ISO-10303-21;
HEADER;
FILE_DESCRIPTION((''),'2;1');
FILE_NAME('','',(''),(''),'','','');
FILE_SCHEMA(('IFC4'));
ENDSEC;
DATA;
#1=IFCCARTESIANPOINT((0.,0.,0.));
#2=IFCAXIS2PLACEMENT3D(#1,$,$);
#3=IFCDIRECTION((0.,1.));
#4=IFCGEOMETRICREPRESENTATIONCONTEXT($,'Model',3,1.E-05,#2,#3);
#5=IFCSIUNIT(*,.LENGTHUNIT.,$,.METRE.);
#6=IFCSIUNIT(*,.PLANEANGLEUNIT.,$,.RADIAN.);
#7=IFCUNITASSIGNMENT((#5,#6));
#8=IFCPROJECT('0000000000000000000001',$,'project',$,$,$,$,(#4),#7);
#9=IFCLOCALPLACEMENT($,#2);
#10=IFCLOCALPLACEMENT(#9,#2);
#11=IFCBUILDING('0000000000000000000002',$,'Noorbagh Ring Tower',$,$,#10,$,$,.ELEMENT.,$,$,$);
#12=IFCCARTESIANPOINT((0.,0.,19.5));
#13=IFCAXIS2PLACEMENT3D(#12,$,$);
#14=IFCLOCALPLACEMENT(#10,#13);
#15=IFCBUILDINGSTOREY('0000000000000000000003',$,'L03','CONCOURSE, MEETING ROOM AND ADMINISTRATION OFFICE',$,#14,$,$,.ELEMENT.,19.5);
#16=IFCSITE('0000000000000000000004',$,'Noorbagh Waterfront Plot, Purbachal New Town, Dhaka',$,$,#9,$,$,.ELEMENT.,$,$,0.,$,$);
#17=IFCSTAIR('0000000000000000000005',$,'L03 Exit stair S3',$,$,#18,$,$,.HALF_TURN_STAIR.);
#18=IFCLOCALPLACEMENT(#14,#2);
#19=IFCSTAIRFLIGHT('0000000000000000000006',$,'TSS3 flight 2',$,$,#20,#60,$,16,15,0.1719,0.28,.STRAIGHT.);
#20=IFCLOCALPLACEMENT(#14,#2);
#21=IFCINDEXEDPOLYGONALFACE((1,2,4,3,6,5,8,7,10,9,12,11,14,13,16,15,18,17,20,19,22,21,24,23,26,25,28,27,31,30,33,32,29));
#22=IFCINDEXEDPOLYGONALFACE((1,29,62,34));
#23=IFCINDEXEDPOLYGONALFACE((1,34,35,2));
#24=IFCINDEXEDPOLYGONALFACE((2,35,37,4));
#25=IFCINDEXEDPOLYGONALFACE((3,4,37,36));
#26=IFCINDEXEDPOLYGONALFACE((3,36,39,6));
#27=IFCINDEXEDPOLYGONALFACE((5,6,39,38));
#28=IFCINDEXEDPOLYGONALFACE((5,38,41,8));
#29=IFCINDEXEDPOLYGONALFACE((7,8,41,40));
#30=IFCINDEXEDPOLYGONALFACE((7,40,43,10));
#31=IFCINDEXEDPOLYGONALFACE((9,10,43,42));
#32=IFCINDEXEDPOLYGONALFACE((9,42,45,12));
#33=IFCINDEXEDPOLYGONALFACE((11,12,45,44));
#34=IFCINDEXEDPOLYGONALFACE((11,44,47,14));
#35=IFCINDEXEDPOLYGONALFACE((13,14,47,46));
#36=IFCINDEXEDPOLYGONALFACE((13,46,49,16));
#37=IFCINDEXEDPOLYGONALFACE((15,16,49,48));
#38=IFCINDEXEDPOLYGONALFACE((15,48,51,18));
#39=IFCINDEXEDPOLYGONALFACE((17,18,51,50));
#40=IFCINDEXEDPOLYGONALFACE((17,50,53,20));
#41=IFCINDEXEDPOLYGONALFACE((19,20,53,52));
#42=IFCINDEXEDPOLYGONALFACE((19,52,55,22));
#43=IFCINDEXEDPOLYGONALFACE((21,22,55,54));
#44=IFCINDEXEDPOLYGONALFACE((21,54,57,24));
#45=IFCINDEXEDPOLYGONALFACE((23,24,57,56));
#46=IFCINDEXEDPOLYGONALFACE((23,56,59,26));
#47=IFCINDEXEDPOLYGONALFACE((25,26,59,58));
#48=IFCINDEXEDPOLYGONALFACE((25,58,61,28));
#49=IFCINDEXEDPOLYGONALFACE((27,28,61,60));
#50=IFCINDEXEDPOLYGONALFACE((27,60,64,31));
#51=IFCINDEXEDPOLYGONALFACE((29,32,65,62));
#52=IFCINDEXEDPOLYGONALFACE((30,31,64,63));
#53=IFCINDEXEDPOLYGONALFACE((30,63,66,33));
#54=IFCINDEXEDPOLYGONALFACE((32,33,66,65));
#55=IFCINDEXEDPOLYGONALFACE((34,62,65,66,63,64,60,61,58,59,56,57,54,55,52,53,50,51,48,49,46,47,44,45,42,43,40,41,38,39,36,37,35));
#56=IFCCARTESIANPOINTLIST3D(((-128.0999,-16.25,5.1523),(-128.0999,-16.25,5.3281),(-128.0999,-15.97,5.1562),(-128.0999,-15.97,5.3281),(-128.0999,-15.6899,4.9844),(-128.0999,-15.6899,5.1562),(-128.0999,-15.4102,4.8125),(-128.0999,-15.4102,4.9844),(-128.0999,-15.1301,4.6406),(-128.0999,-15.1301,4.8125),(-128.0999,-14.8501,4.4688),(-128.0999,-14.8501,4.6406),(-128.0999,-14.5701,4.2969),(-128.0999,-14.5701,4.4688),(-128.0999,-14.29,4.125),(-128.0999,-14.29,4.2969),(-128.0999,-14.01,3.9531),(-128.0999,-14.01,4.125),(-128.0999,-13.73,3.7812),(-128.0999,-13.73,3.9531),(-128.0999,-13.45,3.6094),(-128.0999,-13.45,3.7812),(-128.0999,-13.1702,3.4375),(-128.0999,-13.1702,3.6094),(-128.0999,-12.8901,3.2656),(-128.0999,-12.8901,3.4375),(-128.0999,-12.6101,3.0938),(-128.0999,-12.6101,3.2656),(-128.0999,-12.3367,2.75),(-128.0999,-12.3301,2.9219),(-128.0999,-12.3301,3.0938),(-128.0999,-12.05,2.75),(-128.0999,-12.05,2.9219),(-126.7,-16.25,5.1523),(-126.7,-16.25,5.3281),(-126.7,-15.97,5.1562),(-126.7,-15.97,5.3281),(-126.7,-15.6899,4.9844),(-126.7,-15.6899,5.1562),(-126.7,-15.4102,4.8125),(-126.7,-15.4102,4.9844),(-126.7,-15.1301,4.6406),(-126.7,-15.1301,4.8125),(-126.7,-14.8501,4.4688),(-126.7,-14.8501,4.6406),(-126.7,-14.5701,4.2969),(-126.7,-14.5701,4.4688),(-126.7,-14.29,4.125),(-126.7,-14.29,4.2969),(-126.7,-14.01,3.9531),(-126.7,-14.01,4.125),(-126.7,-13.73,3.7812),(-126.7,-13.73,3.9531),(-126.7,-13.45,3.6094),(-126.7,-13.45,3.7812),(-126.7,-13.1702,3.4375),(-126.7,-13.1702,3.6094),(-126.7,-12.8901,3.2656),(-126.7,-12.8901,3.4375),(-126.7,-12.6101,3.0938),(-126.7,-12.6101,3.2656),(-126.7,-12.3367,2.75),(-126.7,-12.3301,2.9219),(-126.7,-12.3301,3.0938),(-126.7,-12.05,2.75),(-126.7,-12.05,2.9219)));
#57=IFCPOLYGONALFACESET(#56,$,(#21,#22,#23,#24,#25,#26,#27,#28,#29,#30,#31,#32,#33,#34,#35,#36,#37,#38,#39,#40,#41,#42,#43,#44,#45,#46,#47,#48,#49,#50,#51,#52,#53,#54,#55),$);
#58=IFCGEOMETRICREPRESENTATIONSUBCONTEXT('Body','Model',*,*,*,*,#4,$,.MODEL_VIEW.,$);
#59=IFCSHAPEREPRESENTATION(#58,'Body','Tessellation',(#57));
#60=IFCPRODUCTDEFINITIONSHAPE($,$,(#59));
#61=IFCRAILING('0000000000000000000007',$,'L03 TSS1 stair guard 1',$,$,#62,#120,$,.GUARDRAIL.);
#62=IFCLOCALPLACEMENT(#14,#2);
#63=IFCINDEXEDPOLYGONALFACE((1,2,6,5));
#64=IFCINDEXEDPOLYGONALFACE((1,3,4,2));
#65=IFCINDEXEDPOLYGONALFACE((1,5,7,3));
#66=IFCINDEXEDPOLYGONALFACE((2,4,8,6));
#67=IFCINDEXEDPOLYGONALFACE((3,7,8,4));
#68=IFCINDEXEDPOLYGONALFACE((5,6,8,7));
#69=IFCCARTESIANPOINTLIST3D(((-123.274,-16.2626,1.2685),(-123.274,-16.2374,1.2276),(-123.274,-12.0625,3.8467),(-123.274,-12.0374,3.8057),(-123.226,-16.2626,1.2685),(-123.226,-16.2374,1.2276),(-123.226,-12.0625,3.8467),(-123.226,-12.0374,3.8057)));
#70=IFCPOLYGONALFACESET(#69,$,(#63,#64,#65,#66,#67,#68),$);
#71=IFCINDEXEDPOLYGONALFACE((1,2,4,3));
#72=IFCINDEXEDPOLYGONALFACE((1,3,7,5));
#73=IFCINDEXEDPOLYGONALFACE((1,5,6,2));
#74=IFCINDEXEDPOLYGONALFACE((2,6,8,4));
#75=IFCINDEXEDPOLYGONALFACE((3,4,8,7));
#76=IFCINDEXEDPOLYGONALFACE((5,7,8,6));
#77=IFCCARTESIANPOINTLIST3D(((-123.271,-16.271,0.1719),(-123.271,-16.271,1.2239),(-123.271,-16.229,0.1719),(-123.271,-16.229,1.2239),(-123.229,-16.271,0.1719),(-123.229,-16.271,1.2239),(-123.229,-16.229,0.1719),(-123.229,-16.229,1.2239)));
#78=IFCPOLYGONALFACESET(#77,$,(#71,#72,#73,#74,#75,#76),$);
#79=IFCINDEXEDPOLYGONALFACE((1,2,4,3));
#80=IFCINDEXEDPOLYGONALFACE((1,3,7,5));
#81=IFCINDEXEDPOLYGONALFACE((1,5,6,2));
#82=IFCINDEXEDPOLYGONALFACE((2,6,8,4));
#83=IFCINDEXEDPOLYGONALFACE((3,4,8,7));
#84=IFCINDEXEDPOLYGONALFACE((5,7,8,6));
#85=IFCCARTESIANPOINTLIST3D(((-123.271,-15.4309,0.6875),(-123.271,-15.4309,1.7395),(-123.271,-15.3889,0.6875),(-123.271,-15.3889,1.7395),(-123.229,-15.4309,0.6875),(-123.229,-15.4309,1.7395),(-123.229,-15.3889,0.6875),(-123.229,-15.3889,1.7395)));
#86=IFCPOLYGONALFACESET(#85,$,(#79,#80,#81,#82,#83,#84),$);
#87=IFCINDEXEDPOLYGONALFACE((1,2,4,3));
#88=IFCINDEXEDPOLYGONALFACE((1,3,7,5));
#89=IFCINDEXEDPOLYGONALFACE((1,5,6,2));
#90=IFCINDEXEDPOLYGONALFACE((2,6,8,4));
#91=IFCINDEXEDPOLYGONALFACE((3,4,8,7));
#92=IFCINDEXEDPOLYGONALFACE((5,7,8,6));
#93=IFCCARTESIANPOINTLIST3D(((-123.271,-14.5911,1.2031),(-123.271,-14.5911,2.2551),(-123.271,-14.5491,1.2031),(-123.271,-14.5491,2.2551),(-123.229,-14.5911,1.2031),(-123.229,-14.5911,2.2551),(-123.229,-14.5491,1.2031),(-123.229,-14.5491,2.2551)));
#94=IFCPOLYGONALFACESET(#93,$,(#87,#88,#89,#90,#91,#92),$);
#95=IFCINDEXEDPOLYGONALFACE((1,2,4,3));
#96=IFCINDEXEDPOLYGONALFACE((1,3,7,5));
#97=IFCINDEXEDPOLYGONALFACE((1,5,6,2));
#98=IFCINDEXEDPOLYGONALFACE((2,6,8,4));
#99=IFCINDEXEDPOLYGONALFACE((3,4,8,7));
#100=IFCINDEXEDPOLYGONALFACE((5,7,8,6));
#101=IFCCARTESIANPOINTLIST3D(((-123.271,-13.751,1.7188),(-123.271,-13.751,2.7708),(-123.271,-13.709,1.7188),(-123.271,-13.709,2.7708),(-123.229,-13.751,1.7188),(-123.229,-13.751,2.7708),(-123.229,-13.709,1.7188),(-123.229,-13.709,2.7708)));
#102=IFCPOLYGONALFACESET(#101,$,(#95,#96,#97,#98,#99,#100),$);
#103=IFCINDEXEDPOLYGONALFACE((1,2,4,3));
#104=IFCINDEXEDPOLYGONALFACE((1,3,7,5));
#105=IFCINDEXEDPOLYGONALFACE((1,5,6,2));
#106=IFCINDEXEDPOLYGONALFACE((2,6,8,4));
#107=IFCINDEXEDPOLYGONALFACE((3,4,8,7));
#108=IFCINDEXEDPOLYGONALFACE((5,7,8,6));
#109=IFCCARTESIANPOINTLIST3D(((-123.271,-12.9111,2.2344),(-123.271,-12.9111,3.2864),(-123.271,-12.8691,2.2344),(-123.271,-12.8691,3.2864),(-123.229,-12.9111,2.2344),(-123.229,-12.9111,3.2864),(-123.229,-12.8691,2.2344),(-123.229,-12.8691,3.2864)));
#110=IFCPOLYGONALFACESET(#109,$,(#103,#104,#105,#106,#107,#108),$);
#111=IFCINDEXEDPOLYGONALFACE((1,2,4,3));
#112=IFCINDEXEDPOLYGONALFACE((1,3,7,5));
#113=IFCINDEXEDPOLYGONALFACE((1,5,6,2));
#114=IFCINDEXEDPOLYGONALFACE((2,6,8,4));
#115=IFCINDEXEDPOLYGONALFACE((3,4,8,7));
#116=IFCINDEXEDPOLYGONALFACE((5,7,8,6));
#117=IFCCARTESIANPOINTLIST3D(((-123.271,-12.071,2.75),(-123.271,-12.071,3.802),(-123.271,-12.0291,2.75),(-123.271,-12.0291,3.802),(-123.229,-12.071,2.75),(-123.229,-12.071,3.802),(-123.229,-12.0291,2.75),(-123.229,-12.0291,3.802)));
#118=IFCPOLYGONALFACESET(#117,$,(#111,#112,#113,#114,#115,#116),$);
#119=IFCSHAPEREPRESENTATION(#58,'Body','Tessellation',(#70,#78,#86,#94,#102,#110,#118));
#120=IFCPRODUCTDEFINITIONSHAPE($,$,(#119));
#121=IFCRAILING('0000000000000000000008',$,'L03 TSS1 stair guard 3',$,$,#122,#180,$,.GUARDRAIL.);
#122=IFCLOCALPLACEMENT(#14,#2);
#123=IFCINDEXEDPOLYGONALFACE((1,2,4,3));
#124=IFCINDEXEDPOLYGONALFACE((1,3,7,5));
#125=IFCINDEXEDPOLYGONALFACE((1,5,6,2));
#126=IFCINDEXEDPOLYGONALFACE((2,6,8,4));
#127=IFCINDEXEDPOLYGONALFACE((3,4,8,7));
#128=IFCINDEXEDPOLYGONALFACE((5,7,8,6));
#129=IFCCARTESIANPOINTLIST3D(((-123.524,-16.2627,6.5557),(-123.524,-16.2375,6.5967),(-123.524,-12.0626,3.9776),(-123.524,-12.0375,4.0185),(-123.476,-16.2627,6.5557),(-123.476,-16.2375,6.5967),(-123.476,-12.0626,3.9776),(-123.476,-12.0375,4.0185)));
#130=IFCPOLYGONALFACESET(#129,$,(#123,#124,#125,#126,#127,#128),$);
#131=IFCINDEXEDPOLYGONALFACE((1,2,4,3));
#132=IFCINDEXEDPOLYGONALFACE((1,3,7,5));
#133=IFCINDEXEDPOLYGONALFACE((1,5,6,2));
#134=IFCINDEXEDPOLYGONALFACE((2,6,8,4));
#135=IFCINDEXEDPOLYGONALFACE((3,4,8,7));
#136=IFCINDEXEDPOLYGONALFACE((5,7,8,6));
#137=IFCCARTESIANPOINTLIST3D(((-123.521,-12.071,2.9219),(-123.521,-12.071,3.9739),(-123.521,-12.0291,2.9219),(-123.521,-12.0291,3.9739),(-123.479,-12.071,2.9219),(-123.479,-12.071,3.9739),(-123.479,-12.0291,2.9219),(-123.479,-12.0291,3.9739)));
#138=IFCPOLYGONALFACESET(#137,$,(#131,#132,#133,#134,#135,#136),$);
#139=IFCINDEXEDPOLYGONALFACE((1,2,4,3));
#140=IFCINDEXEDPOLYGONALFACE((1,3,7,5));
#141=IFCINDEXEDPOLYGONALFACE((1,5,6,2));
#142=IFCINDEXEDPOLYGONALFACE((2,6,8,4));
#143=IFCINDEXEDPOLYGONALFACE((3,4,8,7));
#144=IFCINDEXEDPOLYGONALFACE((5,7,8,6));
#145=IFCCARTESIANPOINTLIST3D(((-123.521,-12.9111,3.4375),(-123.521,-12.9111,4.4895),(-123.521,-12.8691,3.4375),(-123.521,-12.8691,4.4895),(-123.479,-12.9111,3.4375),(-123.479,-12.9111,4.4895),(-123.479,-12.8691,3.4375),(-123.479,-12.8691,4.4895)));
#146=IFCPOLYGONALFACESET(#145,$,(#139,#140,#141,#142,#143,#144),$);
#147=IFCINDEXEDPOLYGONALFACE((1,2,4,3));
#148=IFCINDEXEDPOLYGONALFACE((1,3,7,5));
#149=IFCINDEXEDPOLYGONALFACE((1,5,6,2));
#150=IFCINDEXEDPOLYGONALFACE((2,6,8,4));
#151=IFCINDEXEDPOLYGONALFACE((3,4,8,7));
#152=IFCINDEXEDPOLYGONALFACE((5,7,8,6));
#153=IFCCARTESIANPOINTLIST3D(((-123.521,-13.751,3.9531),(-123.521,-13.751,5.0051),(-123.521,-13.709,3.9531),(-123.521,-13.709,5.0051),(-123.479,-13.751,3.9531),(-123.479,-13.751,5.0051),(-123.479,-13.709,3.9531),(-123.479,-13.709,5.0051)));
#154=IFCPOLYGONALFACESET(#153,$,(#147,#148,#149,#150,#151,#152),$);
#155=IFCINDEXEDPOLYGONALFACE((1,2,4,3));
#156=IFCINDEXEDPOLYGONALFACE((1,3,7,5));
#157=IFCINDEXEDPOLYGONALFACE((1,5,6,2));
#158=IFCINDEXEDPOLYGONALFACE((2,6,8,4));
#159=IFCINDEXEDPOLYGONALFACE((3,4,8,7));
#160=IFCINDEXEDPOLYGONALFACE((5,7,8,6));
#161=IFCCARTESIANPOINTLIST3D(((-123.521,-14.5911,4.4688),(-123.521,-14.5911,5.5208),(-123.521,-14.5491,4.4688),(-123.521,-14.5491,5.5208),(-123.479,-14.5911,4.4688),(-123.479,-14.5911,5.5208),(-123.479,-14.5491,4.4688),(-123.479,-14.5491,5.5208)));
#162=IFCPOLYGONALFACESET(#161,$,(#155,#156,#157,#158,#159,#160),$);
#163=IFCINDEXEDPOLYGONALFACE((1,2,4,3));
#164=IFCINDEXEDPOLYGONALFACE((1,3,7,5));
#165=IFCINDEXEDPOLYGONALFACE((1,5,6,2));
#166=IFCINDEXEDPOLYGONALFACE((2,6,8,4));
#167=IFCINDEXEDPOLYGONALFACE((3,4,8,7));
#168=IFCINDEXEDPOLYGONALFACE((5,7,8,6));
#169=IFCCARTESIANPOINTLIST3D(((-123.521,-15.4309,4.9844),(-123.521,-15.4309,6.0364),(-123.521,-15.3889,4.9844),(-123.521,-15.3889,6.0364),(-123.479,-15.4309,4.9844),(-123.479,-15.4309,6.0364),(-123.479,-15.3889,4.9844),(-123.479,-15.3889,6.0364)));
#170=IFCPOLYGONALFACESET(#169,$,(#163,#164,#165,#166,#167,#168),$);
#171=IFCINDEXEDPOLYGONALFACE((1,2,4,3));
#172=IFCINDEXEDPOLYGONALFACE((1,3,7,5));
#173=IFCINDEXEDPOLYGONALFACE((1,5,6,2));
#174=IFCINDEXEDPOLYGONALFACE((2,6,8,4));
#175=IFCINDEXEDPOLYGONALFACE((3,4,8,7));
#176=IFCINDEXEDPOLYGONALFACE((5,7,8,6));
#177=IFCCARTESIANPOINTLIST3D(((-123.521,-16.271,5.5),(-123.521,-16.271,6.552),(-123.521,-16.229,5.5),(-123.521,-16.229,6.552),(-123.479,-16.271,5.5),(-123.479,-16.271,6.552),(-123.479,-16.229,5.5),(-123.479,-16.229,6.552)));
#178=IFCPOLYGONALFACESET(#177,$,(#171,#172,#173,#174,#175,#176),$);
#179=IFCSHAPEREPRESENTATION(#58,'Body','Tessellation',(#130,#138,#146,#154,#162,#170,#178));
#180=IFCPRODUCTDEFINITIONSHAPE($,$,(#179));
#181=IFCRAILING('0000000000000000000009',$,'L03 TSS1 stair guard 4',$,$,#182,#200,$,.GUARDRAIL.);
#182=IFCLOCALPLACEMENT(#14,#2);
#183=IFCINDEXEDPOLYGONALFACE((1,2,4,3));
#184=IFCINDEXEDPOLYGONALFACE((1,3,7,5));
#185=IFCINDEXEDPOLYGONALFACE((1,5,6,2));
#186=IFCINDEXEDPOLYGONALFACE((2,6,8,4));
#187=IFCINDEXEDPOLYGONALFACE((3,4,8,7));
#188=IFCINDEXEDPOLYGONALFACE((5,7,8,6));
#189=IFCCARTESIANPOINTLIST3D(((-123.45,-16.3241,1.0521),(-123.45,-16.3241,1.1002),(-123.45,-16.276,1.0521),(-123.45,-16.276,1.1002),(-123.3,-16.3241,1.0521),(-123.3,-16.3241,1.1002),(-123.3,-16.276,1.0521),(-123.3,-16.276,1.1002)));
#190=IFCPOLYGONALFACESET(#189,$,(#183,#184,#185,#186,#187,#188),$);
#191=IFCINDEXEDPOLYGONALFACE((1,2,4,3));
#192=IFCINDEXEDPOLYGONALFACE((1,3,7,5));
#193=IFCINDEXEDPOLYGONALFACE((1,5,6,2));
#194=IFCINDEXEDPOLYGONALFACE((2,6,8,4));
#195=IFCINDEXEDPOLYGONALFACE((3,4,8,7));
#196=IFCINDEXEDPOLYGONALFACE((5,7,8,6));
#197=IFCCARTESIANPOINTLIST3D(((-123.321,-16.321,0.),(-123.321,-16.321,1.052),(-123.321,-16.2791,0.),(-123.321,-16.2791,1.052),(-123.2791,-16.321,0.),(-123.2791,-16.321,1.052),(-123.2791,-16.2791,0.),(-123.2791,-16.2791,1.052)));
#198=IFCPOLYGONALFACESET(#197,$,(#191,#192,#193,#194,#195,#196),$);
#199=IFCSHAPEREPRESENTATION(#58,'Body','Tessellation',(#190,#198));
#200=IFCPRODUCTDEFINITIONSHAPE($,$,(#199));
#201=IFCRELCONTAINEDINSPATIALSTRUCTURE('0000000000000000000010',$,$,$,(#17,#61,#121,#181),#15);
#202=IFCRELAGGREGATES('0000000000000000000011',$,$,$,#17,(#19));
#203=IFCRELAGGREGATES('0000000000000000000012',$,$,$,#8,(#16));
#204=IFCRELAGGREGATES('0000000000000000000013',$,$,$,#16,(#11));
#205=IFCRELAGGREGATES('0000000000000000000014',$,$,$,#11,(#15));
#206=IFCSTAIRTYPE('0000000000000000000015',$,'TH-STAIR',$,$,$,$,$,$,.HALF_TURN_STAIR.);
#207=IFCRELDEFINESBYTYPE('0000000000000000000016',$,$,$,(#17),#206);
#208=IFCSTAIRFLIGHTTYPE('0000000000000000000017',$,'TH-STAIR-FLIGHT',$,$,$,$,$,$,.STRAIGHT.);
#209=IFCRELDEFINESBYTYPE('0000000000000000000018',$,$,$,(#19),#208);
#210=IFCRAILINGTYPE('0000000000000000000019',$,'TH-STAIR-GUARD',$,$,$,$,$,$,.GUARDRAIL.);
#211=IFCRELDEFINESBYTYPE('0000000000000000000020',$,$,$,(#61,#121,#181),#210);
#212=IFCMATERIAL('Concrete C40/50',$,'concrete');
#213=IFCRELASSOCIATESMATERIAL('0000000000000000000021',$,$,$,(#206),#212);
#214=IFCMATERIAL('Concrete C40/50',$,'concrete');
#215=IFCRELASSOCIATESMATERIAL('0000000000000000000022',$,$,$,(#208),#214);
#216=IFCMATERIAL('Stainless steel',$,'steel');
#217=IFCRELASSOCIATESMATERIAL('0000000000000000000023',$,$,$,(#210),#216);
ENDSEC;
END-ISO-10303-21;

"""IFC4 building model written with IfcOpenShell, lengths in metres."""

from ifc_helpers import new_model, si_unit, direction, frame, origin, origin_2d, place, context, subcontext, project, spatial, polyline, rectangle, outline, extrude, material, type_object, element, aggregate, save


model = new_model("IFC4")

# Units and contexts
model_context = context("Model", 3, precision=1e-05, world=origin(), true_north=direction((0.0, 1.0)))
body_context = subcontext(model_context, "Body", "Model", "MODEL_VIEW")
ifc_project = project(units=[si_unit("LENGTHUNIT", "METRE"), si_unit("PLANEANGLEUNIT", "RADIAN")], contexts=[model_context])

# Site, building, storey
site_placement = place(None, origin())
site = spatial("IfcSite", under=ifc_project, at=site_placement, Name="Noorbagh Waterfront Plot, Purbachal New Town, Dhaka", CompositionType="ELEMENT", RefElevation=0.0)
building_placement = place(site_placement, origin())
building = spatial("IfcBuilding", under=site, at=building_placement, Name="Noorbagh Ring Tower", CompositionType="ELEMENT")
storey_placement = place(building_placement, frame((0.0, 0.0, 19.5)))
storey = spatial("IfcBuildingStorey", under=building, at=storey_placement, Name="L03", Description="CONCOURSE, MEETING ROOM AND ADMINISTRATION OFFICE", CompositionType="ELEMENT", Elevation=19.5)

# Stair, stair flight
ifc_material_1 = material(Name="Concrete C40/50", Category="concrete")
stair_type = type_object("IfcStairType", Name="TH-STAIR", PredefinedType="HALF_TURN_STAIR", material=ifc_material_1)
ifc_material_2 = material(Name="Concrete C40/50", Category="concrete")
stair_flight_type = type_object("IfcStairFlightType", Name="TH-STAIR-FLIGHT", PredefinedType="STRAIGHT", material=ifc_material_2)
stair_1_placement = place(storey_placement, origin())
stair_1 = element("IfcStair", 1, at=stair_1_placement, inside=storey, type_object=stair_type, Name="L03 Exit stair S3", PredefinedType="HALF_TURN_STAIR")
stair_flight_1_placement = place(storey_placement, frame((-127.3999, -12.05, 2.75), z_axis=(0.0, 0.0, 1.0), x_axis=(0.0, -1.0, 0.0)))
stair_flight_1 = element("IfcStairFlight", 2, at=stair_flight_1_placement, type_object=stair_flight_type, Name="TSS3 flight 2", NumberOfRisers=16, NumberOfTreads=15, PredefinedType="STRAIGHT", RiserHeight=0.1719, TreadLength=0.28, context=body_context, shape_type="SweptSolid", body=[
    extrude(outline(polyline([(0.0, 0.0), (0.0, 0.1719), (0.28, 0.1719), (0.28, 0.3438), (0.5601, 0.3438), (0.5601, 0.5156), (0.8401, 0.5156), (0.8401, 0.6875), (1.1201, 0.6875), (1.1201, 0.8594), (1.3999, 0.8594), (1.3999, 1.0312), (1.6799, 1.0312), (1.6799, 1.2031), (1.96, 1.2031), (1.96, 1.375), (2.24, 1.375), (2.24, 1.5469), (2.52, 1.5469), (2.52, 1.7188), (2.8, 1.7188), (2.8, 1.8906), (3.0801, 1.8906), (3.0801, 2.0625), (3.3601, 2.0625), (3.3601, 2.2344), (3.6399, 2.2344), (3.6399, 2.4062), (3.9199, 2.4062), (3.9199, 2.5781), (4.2, 2.5781), (4.2, 2.75), (4.2, 2.4023), (0.2866, 0.0), (0.0, 0.0)])), frame((0.0, 0.7, 0.0), z_axis=(0.0, -1.0, 0.0), x_axis=(1.0, 0.0, 0.0)), (0.0, 0.0, 1.0), 1.3999),
])
aggregate(stair_1, [stair_flight_1])

# Railings
ifc_material_3 = material(Name="Stainless steel", Category="steel")
railing_type_1 = type_object("IfcRailingType", Name="TH-STAIR-GUARD", PredefinedType="GUARDRAIL", material=ifc_material_3)
railing_1_placement = place(storey_placement, frame((-123.25, -16.25, 0.1719)))
element("IfcRailing", 3, at=railing_1_placement, inside=storey, type_object=railing_type_1, Name="L03 TSS1 stair guard 1", PredefinedType="GUARDRAIL", context=body_context, shape_type="SweptSolid", body=[
    extrude(rectangle(XDim=0.0481, YDim=0.0481, at=origin_2d()), frame((0.0, 0.0, 1.0762), z_axis=(0.0, 0.852243, 0.523146), x_axis=(-1.0, 0.0, 0.0)), (0.0, 0.0, 1.0), 4.9282),
    extrude(rectangle(XDim=0.042, YDim=0.042, at=origin_2d()), origin(), (0.0, 0.0, 1.0), 1.052),
    extrude(rectangle(XDim=0.042, YDim=0.042, at=origin_2d()), frame((0.0, 0.8401, 0.5156)), (0.0, 0.0, 1.0), 1.052),
    extrude(rectangle(XDim=0.042, YDim=0.042, at=origin_2d()), frame((0.0, 1.6799, 1.0312)), (0.0, 0.0, 1.0), 1.052),
    extrude(rectangle(XDim=0.042, YDim=0.042, at=origin_2d()), frame((0.0, 2.52, 1.5469)), (0.0, 0.0, 1.0), 1.052),
    extrude(rectangle(XDim=0.042, YDim=0.042, at=origin_2d()), frame((0.0, 3.3599, 2.0625)), (0.0, 0.0, 1.0), 1.052),
    extrude(rectangle(XDim=0.042, YDim=0.042, at=origin_2d()), frame((0.0, 4.2, 2.5781)), (0.0, 0.0, 1.0), 1.052),
])
railing_2_placement = place(storey_placement, frame((-123.5, -12.05, 2.9219)))
element("IfcRailing", 4, at=railing_2_placement, inside=storey, type_object=railing_type_1, Name="L03 TSS1 stair guard 3", PredefinedType="GUARDRAIL", context=body_context, shape_type="SweptSolid", body=[
    extrude(rectangle(XDim=0.0481, YDim=0.0481, at=origin_2d()), frame((0.0, 0.0, 1.0762), z_axis=(0.0, -0.852243, 0.523146), x_axis=(1.0, 0.0, 0.0)), (0.0, 0.0, 1.0), 4.9282),
    extrude(rectangle(XDim=0.042, YDim=0.042, at=origin_2d()), origin(), (0.0, 0.0, 1.0), 1.052),
    extrude(rectangle(XDim=0.042, YDim=0.042, at=origin_2d()), frame((0.0, -0.8401, 0.5156)), (0.0, 0.0, 1.0), 1.052),
    extrude(rectangle(XDim=0.042, YDim=0.042, at=origin_2d()), frame((0.0, -1.6799, 1.0312)), (0.0, 0.0, 1.0), 1.052),
    extrude(rectangle(XDim=0.042, YDim=0.042, at=origin_2d()), frame((0.0, -2.52, 1.5469)), (0.0, 0.0, 1.0), 1.052),
    extrude(rectangle(XDim=0.042, YDim=0.042, at=origin_2d()), frame((0.0, -3.3599, 2.0625)), (0.0, 0.0, 1.0), 1.052),
    extrude(rectangle(XDim=0.042, YDim=0.042, at=origin_2d()), frame((0.0, -4.2, 2.5781)), (0.0, 0.0, 1.0), 1.052),
])
railing_3_placement = place(storey_placement, frame((-123.3, -16.3, 0.0)))
element("IfcRailing", 5, at=railing_3_placement, inside=storey, type_object=railing_type_1, Name="L03 TSS1 stair guard 4", PredefinedType="GUARDRAIL", context=body_context, shape_type="SweptSolid", body=[
    extrude(rectangle(XDim=0.0481, YDim=0.0481, at=origin_2d()), frame((0.0, 0.0, 1.0762), z_axis=(-1.0, 0.0, 0.0), x_axis=(0.0, -1.0, 0.0)), (0.0, 0.0, 1.0), 0.1499),
    extrude(rectangle(XDim=0.042, YDim=0.042, at=origin_2d()), origin(), (0.0, 0.0, 1.0), 1.052),
])

save(model, "model.ifc")
